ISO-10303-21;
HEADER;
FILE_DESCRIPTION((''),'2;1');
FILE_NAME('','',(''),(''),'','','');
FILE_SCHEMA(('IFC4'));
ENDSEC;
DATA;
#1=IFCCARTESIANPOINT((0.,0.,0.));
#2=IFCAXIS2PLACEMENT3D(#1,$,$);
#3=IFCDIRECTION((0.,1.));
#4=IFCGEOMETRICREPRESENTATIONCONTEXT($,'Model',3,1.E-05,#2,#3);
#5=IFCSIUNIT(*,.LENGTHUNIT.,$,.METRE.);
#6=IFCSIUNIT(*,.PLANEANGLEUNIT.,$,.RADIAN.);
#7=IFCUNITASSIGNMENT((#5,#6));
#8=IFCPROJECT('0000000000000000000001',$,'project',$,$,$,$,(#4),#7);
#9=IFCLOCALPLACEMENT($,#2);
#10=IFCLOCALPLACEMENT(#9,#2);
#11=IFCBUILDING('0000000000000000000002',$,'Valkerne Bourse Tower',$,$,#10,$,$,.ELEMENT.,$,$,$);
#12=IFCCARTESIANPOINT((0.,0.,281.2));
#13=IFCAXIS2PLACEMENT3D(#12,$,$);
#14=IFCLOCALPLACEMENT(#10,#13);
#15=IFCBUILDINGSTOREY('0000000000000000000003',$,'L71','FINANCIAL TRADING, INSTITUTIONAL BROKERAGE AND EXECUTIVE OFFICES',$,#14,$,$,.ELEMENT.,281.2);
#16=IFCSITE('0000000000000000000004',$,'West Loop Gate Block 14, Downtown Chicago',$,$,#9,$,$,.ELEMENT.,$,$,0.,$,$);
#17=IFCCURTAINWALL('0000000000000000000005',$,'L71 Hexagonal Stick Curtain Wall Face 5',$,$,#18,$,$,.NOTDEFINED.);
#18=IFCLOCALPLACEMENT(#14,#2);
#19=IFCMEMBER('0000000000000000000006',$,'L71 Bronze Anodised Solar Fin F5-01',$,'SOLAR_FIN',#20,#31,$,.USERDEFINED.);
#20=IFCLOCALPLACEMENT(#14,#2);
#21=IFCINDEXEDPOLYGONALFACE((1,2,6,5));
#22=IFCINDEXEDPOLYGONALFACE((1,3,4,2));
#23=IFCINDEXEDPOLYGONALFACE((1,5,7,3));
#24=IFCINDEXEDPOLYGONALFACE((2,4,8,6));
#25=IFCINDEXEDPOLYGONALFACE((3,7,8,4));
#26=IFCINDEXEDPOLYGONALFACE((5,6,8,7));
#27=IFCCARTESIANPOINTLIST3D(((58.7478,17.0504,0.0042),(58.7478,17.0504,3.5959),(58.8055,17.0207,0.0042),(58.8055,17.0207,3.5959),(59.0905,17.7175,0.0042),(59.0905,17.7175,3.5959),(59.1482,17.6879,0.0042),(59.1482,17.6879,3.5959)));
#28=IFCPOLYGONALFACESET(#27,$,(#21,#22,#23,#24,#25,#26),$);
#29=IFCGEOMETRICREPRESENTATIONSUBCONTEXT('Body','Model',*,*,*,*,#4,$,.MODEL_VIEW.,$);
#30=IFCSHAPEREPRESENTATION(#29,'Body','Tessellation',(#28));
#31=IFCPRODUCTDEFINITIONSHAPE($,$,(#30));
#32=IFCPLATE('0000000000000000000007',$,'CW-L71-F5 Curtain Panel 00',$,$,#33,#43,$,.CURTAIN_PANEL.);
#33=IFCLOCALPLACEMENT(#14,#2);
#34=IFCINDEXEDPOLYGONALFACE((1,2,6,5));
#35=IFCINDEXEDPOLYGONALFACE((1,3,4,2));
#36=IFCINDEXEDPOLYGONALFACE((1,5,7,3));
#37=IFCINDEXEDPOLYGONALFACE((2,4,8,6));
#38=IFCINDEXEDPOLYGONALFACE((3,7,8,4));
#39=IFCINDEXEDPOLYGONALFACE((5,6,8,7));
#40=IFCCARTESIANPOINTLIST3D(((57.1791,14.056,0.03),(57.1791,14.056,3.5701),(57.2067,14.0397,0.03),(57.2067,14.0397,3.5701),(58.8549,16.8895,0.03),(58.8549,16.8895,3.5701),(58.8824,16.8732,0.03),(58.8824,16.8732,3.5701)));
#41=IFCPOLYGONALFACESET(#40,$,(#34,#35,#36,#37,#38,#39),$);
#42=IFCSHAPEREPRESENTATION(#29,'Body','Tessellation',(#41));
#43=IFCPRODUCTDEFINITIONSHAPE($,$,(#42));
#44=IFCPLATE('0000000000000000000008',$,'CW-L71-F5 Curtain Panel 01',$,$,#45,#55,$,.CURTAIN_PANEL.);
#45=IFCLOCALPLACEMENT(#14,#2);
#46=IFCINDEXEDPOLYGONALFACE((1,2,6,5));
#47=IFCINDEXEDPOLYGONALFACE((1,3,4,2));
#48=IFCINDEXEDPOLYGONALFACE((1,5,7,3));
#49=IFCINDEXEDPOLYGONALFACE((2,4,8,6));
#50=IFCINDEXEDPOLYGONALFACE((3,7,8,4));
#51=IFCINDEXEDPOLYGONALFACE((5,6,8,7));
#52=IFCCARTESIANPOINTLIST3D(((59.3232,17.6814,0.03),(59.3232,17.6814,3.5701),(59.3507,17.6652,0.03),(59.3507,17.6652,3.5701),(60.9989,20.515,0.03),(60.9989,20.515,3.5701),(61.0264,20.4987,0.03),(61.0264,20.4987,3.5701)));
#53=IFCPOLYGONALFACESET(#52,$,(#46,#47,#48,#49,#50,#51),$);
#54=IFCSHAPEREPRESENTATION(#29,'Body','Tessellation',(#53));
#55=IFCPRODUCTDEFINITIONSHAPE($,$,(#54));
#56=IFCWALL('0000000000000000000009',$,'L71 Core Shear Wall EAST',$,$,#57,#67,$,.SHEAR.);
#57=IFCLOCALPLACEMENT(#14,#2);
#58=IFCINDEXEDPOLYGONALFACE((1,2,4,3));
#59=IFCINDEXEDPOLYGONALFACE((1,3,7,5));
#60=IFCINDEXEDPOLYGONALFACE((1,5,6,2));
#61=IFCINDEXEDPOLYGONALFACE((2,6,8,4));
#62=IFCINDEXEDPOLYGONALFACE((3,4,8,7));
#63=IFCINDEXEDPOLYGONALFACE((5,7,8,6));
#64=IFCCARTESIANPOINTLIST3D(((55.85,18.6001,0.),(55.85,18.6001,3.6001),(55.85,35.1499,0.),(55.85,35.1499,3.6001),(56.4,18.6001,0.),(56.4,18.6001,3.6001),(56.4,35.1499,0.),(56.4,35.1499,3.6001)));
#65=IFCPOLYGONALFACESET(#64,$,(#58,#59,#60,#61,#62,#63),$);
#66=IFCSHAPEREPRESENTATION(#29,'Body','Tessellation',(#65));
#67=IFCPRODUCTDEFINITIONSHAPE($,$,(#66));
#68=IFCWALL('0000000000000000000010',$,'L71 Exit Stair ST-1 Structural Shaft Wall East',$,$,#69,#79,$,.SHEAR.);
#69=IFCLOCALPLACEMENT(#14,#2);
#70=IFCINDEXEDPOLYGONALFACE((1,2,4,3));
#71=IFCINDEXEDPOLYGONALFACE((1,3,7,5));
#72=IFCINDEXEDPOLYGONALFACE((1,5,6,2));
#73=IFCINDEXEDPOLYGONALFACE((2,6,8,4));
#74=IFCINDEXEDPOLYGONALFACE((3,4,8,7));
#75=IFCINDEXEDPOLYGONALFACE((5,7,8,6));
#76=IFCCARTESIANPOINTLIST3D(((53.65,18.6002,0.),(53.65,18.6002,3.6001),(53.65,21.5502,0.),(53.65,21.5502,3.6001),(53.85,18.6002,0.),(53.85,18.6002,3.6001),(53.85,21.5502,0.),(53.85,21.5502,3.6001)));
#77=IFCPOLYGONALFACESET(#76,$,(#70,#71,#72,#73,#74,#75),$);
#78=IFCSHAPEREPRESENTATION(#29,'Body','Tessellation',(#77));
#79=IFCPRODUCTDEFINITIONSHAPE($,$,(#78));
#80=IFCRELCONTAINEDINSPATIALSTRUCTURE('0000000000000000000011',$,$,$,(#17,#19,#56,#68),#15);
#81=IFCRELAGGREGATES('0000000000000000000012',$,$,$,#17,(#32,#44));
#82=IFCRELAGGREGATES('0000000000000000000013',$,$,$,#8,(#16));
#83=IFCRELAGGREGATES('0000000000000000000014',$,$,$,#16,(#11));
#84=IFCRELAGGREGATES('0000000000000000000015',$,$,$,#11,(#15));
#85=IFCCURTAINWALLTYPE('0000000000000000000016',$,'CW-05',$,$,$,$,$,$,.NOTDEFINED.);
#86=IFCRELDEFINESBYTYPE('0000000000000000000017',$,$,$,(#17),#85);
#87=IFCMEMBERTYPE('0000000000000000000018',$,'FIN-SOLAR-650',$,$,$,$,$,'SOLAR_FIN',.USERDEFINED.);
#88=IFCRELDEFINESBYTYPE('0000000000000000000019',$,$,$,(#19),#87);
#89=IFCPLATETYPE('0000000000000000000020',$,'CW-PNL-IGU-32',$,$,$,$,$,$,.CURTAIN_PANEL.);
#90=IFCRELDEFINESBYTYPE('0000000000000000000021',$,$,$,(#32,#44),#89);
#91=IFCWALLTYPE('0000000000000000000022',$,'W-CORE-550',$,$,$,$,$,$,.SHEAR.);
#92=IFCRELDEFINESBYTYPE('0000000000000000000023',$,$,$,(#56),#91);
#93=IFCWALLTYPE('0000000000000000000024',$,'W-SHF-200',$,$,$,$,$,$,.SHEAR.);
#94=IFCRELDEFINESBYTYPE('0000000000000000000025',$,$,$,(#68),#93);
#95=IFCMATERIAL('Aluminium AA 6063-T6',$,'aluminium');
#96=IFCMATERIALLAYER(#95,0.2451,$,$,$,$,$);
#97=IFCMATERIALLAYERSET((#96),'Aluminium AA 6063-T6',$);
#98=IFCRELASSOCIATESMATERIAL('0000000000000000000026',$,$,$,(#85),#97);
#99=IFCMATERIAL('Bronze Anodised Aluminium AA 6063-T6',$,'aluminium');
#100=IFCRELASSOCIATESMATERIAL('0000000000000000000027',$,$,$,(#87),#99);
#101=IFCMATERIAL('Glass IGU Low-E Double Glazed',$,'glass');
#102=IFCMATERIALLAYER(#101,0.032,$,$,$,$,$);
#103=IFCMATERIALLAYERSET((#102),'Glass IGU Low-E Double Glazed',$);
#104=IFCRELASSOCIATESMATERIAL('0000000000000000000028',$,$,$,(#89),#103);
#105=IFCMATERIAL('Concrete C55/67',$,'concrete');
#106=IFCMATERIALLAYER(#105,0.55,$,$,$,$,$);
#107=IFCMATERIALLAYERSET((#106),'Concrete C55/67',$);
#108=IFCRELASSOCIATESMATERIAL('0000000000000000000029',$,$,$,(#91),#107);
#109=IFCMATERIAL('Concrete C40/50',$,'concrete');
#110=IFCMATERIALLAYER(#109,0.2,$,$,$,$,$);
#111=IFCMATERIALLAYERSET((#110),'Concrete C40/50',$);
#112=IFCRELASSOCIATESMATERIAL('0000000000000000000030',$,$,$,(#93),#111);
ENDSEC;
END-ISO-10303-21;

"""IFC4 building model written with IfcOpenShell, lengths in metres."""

from ifc_helpers import new_model, si_unit, direction, frame, frame_2d, origin, origin_2d, place, context, subcontext, project, spatial, rectangle, extrude, material, layer, layer_set, material_profile, profile_set, type_object, element, aggregate, save


model = new_model("IFC4")

# Units and contexts
model_context = context("Model", 3, precision=1e-05, world=origin(), true_north=direction((0.0, 1.0)))
body_context = subcontext(model_context, "Body", "Model", "MODEL_VIEW")
ifc_project = project(units=[si_unit("LENGTHUNIT", "METRE"), si_unit("PLANEANGLEUNIT", "RADIAN")], contexts=[model_context])

# Site, building, storey
site_placement = place(None, origin())
site = spatial("IfcSite", under=ifc_project, at=site_placement, Name="West Loop Gate Block 14, Downtown Chicago", CompositionType="ELEMENT", RefElevation=0.0)
building_placement = place(site_placement, origin())
building = spatial("IfcBuilding", under=site, at=building_placement, Name="Valkerne Bourse Tower", CompositionType="ELEMENT")
storey_placement = place(building_placement, frame((0.0, 0.0, 281.2)))
storey = spatial("IfcBuildingStorey", under=building, at=storey_placement, Name="L71", Description="FINANCIAL TRADING, INSTITUTIONAL BROKERAGE AND EXECUTIVE OFFICES", CompositionType="ELEMENT", Elevation=281.2)

# Shared definitions
ifc_material_1 = material(Name="Aluminium AA 6063-T6", Category="aluminium")
ifc_layer_1 = layer(ifc_material_1, 0.2451)
ifc_layer_set_1 = layer_set([ifc_layer_1], Name="Aluminium AA 6063-T6")
curtain_wall_type = type_object("IfcCurtainWallType", Name="CW-05", PredefinedType="NOTDEFINED", material=ifc_layer_set_1)

# Curtain wall
curtain_wall_1_placement = place(storey_placement, origin())
curtain_wall_1 = element("IfcCurtainWall", 1, at=curtain_wall_1_placement, inside=storey, type_object=curtain_wall_type, Name="L71 Hexagonal Stick Curtain Wall Face 5", PredefinedType="NOTDEFINED")

# Member
ifc_material_2 = material(Name="Bronze Anodised Aluminium AA 6063-T6", Category="aluminium")
ifc_material_profile_1 = material_profile(ifc_material_2, rectangle(XDim=0.0649, YDim=0.75, at=origin_2d()), Name="FIN-65X750")
ifc_profile_set_1 = profile_set([ifc_material_profile_1], Name="Bronze Anodised Aluminium AA 6063-T6")
member_type_1 = type_object("IfcMemberType", Name="FIN-SOLAR-650", ElementType="SOLAR_FIN", PredefinedType="USERDEFINED", material=ifc_profile_set_1)
member_1_placement = place(storey_placement, frame((58.948, 17.3691, 0.0042), z_axis=(0.0, 0.0, 1.0), x_axis=(0.889505, -0.456926, 0.0)))
element("IfcMember", 2, at=member_1_placement, inside=storey, type_object=member_type_1, Name="L71 Bronze Anodised Solar Fin F5-01", ObjectType="SOLAR_FIN", PredefinedType="USERDEFINED", context=body_context, shape_type="SweptSolid", body=[
    extrude(rectangle(XDim=0.0649, YDim=0.75, at=origin_2d()), origin(), (0.0, 0.0, 1.0), 3.5918),
])

# Plates
ifc_material_3 = material(Name="Glass IGU Low-E Double Glazed", Category="glass")
ifc_layer_2 = layer(ifc_material_3, 0.032)
ifc_layer_set_2 = layer_set([ifc_layer_2], Name="Glass IGU Low-E Double Glazed")
plate_type = type_object("IfcPlateType", Name="CW-PNL-IGU-32", PredefinedType="CURTAIN_PANEL", material=ifc_layer_set_2)
plate_1_placement = place(storey_placement, frame((58.0308, 15.4646, 0.03), z_axis=(0.0, 0.0, 1.0), x_axis=(0.509039, 0.860744, 0.0)))
plate_1 = element("IfcPlate", 3, at=plate_1_placement, type_object=plate_type, Name="CW-L71-F5 Curtain Panel 00", PredefinedType="CURTAIN_PANEL", context=body_context, shape_type="SweptSolid", body=[
    extrude(rectangle(XDim=3.292, YDim=0.032, at=origin_2d()), origin(), (0.0, 0.0, 1.0), 3.54),
])
plate_2_placement = place(storey_placement, frame((60.1748, 19.0901, 0.03), z_axis=(0.0, 0.0, 1.0), x_axis=(0.509032, 0.860748, 0.0)))
plate_2 = element("IfcPlate", 4, at=plate_2_placement, type_object=plate_type, Name="CW-L71-F5 Curtain Panel 01", PredefinedType="CURTAIN_PANEL", context=body_context, shape_type="SweptSolid", body=[
    extrude(rectangle(XDim=3.292, YDim=0.032, at=origin_2d()), origin(), (0.0, 0.0, 1.0), 3.54),
])
aggregate(curtain_wall_1, [plate_1, plate_2])

# Walls
ifc_material_4 = material(Name="Concrete C55/67", Category="concrete")
ifc_layer_3 = layer(ifc_material_4, 0.55)
ifc_layer_set_3 = layer_set([ifc_layer_3], Name="Concrete C55/67")
wall_type_1 = type_object("IfcWallType", Name="W-CORE-550", PredefinedType="SHEAR", material=ifc_layer_set_3)
wall_1_placement = place(storey_placement, frame((56.125, 18.6001, 0.0), z_axis=(0.0, 0.0, 1.0), x_axis=(0.0, 1.0, 0.0)))
element("IfcWall", 5, at=wall_1_placement, inside=storey, type_object=wall_type_1, Name="L71 Core Shear Wall EAST", PredefinedType="SHEAR", context=body_context, shape_type="SweptSolid", body=[
    extrude(rectangle(XDim=16.5498, YDim=0.55, at=frame_2d((8.2749, 0.0))), origin(), (0.0, 0.0, 1.0), 3.6001),
])
ifc_material_5 = material(Name="Concrete C40/50", Category="concrete")
ifc_layer_4 = layer(ifc_material_5, 0.2)
ifc_layer_set_4 = layer_set([ifc_layer_4], Name="Concrete C40/50")
wall_type_2 = type_object("IfcWallType", Name="W-SHF-200", PredefinedType="SHEAR", material=ifc_layer_set_4)
wall_2_placement = place(storey_placement, frame((53.75, 18.6001, 0.0), z_axis=(0.0, 0.0, 1.0), x_axis=(0.0, 1.0, 0.0)))
element("IfcWall", 6, at=wall_2_placement, inside=storey, type_object=wall_type_2, Name="L71 Exit Stair ST-1 Structural Shaft Wall East", PredefinedType="SHEAR", context=body_context, shape_type="SweptSolid", body=[
    extrude(rectangle(XDim=2.95, YDim=0.2, at=frame_2d((1.4751, 0.0))), origin(), (0.0, 0.0, 1.0), 3.6001),
])

save(model, "model.ifc")
